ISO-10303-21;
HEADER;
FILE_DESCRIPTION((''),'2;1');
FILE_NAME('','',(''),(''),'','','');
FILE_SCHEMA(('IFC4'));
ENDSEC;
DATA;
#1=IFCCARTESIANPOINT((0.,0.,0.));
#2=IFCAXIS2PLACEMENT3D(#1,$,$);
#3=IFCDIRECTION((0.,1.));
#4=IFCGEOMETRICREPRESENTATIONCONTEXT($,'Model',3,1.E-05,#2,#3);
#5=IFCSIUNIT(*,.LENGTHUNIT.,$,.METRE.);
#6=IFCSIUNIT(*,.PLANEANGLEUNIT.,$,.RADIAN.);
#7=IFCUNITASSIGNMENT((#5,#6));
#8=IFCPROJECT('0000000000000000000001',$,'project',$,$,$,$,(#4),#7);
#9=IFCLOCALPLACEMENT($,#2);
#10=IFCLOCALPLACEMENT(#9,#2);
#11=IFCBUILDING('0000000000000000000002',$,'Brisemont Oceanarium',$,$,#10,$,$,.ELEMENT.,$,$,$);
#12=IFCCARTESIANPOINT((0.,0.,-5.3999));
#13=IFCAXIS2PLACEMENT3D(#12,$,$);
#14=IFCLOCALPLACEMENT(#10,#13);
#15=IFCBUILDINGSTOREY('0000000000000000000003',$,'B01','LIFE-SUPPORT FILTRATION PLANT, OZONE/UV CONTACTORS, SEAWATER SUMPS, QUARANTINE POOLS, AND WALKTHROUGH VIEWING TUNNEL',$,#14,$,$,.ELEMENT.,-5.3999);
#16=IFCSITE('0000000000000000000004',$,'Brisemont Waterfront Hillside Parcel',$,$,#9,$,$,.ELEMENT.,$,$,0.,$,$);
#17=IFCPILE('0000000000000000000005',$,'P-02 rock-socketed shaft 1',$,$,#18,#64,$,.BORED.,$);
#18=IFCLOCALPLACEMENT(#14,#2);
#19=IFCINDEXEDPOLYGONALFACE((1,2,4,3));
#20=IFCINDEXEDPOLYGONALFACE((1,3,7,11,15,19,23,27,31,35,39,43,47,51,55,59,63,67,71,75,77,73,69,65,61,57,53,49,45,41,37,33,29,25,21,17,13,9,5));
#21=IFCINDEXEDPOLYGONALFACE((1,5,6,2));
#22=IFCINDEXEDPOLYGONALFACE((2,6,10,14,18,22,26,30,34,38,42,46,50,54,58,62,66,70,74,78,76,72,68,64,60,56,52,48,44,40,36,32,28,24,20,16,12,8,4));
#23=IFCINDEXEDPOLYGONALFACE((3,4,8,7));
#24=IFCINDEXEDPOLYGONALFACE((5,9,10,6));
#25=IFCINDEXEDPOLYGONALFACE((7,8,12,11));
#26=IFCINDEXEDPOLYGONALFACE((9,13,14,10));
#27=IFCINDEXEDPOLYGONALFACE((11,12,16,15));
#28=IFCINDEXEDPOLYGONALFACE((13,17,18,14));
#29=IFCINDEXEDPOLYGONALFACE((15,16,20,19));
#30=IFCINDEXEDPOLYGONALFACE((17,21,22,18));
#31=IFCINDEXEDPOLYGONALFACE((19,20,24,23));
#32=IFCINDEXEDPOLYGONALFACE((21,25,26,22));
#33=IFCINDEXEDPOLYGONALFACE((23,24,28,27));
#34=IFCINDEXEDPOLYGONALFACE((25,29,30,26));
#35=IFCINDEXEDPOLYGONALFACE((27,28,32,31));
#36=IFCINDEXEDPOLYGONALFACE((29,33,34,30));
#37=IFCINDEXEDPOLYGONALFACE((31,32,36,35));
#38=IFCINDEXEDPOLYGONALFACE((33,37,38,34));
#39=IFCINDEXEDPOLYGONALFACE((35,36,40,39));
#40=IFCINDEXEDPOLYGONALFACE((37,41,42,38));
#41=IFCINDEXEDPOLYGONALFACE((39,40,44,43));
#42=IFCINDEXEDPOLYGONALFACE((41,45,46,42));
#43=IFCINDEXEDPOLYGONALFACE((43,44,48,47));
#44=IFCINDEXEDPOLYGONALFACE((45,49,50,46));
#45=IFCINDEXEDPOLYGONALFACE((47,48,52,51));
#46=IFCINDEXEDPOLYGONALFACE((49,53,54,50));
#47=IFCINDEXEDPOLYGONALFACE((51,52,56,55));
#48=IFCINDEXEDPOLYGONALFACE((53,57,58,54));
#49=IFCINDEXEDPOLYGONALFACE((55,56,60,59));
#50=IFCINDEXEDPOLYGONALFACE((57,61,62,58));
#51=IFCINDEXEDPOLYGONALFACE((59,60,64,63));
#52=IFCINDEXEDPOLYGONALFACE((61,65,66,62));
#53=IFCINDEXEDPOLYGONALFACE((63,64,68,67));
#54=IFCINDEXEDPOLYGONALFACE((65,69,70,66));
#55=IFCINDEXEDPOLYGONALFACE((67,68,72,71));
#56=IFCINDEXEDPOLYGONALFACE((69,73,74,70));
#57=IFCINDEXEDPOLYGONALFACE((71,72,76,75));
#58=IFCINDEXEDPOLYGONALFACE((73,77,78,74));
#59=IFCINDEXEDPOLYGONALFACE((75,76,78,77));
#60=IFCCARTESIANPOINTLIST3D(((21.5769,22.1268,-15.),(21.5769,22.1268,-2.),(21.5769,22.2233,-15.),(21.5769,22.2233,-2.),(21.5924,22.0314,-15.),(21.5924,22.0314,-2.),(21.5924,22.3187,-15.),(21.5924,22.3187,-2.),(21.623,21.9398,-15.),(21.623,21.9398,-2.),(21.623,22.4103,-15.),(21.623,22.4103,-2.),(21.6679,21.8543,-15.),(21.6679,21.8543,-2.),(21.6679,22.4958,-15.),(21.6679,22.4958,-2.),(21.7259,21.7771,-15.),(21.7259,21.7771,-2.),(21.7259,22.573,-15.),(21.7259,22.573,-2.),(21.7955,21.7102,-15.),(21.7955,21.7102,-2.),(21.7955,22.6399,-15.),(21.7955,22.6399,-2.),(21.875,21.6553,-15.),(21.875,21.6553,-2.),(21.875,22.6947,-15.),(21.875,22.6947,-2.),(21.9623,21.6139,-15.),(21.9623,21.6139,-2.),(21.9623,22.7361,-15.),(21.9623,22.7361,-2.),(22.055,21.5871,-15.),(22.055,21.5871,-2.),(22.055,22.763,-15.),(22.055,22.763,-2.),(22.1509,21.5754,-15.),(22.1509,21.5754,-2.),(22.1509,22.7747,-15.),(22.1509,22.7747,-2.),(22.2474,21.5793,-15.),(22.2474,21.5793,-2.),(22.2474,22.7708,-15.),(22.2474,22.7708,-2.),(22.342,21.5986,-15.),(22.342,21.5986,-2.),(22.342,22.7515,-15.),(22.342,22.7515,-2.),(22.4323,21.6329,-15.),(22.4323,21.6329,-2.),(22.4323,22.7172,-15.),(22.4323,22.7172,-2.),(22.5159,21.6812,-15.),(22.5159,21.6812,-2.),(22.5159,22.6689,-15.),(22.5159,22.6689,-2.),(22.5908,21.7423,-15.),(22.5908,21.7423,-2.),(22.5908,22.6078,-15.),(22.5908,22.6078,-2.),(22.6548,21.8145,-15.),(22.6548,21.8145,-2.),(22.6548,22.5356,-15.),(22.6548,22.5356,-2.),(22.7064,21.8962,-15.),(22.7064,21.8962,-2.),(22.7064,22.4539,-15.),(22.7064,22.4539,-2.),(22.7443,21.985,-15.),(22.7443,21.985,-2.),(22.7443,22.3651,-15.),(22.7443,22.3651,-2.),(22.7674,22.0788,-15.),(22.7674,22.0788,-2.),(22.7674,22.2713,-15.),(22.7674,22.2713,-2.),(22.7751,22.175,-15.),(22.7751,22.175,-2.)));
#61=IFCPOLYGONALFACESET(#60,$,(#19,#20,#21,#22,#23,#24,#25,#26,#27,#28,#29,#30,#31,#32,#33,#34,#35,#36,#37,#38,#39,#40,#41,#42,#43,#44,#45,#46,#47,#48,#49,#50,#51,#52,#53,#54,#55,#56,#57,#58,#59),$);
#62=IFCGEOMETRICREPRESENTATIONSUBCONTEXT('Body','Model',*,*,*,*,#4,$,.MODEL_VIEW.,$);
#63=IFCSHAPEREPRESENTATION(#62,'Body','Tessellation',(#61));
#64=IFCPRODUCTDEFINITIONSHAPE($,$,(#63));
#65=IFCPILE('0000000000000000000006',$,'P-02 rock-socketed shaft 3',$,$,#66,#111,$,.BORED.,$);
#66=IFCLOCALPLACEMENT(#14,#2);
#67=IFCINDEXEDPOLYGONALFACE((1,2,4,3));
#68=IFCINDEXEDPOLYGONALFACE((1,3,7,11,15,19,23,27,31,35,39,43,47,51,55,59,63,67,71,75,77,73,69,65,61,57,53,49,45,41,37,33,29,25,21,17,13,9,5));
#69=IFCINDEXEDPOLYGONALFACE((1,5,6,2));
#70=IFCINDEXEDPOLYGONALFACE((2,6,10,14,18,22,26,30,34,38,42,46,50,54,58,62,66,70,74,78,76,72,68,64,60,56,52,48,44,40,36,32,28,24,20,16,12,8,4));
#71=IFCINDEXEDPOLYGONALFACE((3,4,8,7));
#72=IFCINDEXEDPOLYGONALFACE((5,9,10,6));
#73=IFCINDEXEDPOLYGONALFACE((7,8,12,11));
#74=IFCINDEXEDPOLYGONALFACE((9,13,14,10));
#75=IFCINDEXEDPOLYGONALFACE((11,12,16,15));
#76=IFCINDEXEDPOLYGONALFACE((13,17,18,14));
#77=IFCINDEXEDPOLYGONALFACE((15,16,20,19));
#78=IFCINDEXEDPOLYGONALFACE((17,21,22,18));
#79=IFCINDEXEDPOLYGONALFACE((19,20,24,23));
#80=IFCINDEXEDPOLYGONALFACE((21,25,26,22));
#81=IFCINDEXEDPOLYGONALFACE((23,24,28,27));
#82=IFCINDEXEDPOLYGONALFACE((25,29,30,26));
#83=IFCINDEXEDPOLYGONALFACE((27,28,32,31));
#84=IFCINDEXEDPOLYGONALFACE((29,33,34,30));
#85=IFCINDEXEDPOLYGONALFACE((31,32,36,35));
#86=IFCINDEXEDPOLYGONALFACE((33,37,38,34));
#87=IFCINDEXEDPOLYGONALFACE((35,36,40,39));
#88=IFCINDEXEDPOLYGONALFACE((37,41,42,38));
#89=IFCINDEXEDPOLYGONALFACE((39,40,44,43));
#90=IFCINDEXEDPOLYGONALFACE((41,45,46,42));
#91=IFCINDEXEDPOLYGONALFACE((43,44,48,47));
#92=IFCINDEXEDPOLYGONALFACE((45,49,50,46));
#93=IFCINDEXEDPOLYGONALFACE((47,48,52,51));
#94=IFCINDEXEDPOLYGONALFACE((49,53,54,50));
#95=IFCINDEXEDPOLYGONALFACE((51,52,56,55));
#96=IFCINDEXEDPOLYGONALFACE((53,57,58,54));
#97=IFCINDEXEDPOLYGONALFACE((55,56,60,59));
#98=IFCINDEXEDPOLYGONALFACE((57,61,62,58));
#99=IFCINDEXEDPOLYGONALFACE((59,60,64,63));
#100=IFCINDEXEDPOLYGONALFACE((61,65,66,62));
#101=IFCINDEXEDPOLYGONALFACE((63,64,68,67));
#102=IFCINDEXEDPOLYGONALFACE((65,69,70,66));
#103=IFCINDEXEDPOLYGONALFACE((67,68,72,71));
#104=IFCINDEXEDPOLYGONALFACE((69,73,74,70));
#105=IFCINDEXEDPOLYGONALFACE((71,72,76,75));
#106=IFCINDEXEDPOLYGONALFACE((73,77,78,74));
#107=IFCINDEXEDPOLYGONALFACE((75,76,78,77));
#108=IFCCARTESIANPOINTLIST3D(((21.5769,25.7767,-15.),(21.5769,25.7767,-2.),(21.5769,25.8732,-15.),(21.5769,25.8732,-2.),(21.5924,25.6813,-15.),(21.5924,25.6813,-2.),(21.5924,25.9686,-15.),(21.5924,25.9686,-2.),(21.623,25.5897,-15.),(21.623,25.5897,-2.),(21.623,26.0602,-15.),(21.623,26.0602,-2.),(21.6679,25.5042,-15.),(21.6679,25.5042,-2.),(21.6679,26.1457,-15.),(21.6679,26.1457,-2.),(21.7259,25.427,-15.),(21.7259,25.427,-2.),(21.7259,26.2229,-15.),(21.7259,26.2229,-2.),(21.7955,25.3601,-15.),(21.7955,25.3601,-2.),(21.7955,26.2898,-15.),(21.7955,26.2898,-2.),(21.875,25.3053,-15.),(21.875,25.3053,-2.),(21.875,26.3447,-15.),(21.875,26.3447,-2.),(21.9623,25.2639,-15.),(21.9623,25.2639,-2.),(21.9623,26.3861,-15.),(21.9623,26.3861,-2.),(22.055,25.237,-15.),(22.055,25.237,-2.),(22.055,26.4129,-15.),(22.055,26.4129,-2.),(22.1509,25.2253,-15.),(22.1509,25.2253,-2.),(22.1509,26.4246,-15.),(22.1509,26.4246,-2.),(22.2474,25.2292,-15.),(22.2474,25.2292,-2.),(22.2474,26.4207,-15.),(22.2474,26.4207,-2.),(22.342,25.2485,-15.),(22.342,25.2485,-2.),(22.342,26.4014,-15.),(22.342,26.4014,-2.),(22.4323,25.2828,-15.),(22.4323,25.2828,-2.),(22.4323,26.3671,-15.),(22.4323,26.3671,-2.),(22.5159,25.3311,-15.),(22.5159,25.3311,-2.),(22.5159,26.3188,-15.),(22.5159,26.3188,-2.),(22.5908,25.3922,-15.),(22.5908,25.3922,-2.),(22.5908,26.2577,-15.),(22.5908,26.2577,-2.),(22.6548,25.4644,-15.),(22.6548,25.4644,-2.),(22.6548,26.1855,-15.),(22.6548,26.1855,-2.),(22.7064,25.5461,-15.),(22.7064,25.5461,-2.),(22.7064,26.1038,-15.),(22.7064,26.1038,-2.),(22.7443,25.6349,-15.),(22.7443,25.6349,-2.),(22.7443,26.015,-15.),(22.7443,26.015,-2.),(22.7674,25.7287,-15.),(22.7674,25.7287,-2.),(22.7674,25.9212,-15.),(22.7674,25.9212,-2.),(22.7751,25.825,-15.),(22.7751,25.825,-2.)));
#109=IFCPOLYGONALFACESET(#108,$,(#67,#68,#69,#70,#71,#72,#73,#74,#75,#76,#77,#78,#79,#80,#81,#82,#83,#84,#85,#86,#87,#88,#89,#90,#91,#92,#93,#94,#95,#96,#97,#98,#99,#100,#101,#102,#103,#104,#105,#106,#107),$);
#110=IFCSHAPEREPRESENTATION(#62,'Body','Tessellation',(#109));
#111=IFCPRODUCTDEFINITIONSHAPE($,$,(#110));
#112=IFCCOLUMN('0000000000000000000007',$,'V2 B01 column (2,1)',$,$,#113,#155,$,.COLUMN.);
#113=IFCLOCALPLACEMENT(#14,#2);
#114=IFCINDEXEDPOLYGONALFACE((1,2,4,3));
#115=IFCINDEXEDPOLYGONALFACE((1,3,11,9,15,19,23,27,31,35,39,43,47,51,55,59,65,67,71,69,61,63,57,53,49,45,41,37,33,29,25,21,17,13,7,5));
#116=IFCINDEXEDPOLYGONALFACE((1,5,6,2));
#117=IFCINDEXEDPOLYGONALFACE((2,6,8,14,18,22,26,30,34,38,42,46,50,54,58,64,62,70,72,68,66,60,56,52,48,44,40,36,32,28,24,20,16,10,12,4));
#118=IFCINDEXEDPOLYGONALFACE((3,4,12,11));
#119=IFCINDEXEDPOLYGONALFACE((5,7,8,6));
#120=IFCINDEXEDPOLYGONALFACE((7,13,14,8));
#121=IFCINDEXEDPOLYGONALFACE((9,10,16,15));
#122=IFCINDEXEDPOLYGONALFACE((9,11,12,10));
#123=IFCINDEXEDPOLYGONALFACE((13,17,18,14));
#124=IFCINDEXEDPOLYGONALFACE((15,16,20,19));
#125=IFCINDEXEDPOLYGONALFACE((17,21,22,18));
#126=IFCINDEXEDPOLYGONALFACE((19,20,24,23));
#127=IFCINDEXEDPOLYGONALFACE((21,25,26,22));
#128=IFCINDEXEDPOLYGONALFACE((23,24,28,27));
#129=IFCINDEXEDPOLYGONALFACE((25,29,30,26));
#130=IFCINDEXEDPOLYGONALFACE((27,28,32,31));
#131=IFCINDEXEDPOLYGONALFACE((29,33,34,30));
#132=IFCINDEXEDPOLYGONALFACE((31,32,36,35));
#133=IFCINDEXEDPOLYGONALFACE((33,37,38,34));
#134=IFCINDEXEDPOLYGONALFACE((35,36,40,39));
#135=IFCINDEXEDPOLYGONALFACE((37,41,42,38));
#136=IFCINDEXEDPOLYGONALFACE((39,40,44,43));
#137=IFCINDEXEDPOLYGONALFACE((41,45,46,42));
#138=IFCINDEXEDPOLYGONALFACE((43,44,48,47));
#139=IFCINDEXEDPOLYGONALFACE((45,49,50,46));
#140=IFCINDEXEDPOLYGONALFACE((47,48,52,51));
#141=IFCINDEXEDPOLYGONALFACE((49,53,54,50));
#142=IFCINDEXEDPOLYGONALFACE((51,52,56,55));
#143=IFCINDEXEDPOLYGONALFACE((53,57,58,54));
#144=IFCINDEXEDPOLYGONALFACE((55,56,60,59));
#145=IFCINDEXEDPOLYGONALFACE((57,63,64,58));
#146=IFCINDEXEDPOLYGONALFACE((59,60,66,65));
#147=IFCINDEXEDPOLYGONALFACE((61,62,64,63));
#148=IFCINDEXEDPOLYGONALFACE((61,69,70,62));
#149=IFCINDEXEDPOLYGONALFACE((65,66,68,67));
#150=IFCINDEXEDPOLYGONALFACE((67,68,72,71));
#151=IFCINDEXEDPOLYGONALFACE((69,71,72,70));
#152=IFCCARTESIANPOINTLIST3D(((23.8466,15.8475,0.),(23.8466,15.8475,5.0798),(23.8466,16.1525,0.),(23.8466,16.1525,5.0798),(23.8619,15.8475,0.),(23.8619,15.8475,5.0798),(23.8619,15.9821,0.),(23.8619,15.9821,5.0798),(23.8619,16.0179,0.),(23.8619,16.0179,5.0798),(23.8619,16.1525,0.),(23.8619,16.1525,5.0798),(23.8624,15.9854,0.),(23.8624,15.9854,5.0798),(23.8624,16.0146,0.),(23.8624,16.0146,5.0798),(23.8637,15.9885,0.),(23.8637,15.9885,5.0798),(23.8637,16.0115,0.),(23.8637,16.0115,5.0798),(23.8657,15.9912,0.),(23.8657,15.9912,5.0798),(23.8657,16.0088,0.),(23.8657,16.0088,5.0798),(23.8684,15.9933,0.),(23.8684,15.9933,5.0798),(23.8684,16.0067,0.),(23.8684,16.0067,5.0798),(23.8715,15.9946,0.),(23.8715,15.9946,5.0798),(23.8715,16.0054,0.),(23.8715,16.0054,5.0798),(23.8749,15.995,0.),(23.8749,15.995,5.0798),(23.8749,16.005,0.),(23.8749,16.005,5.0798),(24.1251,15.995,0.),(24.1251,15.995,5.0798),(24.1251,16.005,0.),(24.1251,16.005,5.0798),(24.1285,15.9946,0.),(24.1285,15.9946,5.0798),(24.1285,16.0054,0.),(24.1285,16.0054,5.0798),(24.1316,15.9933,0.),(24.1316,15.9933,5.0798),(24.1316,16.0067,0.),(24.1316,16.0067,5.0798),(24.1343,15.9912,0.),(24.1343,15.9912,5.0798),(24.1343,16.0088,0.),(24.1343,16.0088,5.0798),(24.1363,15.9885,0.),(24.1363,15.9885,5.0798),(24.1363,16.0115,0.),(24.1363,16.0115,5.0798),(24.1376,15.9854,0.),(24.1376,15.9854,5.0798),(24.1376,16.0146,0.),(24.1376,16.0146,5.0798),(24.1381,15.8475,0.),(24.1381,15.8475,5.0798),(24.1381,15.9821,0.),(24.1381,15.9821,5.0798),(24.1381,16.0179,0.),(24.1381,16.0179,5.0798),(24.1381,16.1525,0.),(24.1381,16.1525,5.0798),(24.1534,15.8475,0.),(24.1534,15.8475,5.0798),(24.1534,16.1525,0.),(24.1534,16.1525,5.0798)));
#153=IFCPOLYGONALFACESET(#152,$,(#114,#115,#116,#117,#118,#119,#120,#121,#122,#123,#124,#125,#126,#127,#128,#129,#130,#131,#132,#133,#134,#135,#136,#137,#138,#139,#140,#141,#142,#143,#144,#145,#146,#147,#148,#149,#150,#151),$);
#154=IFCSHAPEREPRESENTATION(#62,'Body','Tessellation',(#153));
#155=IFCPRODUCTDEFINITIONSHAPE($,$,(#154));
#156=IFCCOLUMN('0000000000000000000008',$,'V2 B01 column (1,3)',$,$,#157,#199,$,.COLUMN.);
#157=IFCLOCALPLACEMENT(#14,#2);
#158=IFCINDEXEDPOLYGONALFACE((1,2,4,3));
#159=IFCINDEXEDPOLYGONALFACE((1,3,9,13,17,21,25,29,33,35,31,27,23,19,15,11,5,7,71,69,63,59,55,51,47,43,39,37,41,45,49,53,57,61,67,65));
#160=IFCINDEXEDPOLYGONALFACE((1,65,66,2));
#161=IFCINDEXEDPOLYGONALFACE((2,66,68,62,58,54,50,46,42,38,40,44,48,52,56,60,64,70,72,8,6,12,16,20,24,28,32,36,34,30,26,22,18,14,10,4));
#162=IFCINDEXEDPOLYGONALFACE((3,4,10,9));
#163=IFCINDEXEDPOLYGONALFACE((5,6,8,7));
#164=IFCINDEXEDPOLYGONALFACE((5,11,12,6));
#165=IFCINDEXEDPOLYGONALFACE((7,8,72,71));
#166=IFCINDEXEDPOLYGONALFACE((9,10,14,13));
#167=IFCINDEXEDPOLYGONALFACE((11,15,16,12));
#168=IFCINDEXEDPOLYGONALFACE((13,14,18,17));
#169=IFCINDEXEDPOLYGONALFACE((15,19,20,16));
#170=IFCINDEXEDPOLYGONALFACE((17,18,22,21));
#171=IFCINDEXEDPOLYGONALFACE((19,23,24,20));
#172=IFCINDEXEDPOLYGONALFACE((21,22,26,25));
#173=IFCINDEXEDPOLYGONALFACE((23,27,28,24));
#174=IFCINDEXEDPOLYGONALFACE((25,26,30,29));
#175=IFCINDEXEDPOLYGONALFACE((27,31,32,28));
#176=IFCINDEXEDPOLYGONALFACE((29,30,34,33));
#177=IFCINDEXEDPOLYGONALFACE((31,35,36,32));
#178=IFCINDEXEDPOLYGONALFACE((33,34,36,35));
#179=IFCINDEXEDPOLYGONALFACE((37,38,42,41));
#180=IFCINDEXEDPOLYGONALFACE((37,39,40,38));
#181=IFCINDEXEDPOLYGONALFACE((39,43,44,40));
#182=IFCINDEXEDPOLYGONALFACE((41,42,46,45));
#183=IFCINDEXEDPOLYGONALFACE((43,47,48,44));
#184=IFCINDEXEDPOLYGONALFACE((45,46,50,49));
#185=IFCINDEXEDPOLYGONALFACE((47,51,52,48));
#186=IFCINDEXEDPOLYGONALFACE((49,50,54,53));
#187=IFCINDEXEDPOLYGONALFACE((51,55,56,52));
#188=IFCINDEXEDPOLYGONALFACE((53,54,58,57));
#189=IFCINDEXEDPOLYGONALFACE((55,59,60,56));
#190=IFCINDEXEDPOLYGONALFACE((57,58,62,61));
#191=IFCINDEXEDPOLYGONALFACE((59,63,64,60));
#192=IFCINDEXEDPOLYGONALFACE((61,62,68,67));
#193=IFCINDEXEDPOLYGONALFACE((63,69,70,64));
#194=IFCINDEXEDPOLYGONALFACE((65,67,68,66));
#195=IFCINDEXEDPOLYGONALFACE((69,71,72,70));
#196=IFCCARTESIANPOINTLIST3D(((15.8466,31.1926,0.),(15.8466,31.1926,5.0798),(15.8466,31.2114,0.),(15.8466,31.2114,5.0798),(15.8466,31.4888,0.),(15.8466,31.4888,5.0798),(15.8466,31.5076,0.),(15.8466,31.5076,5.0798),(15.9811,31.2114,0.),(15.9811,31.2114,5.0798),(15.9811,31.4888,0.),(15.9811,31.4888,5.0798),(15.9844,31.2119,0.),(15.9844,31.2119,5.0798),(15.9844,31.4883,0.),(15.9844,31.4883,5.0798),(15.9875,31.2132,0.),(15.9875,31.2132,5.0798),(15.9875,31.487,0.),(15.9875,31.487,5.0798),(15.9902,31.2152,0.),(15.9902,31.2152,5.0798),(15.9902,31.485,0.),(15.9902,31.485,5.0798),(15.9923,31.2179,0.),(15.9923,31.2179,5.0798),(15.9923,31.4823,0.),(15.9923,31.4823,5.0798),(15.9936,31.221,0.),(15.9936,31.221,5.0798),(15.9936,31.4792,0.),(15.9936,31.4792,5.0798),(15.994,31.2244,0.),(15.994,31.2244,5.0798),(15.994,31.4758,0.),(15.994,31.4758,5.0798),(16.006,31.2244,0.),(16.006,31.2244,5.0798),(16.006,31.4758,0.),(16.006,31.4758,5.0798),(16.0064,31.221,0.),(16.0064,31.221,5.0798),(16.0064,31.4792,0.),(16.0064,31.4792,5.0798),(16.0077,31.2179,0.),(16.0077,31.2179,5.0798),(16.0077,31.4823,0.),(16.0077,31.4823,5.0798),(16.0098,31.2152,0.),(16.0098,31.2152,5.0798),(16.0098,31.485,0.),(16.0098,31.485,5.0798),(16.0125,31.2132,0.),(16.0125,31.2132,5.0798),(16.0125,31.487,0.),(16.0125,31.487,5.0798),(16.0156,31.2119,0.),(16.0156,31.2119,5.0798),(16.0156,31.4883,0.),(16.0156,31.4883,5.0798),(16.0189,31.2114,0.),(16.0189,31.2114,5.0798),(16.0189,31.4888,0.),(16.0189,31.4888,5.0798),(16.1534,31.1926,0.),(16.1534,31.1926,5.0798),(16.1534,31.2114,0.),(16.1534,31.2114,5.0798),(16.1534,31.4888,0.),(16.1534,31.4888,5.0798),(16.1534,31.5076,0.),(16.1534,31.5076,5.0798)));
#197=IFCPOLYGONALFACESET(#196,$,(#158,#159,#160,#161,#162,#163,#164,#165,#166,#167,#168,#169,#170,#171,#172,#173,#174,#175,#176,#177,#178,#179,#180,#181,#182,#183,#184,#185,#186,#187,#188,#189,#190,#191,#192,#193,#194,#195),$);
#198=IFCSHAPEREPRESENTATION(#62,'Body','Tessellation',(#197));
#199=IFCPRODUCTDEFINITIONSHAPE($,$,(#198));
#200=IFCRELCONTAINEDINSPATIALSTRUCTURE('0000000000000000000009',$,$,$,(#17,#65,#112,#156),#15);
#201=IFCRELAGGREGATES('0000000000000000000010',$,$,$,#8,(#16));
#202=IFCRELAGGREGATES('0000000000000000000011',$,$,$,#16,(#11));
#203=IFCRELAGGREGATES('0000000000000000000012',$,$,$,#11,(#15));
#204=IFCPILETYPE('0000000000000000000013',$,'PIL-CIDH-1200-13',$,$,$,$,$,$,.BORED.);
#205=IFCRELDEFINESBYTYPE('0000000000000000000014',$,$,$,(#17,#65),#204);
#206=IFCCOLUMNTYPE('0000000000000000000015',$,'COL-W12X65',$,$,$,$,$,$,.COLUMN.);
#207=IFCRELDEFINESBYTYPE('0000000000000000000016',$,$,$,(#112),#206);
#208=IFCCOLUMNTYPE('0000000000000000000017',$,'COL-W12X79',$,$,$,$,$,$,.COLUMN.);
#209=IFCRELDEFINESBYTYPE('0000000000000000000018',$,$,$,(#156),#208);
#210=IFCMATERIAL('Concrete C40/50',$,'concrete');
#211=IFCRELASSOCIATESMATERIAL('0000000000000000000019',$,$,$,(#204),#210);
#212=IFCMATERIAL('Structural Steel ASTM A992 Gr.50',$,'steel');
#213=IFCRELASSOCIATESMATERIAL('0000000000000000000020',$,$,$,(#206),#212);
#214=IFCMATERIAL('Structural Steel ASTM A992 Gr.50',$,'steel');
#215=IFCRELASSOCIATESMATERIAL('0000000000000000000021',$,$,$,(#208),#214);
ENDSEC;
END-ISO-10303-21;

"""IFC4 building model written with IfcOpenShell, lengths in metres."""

from ifc_helpers import new_model, si_unit, direction, frame, origin, origin_2d, place, context, subcontext, project, spatial, circle, i_section, extrude, material, material_profile, profile_set, type_object, element, save


model = new_model("IFC4")

# Units and contexts
model_context = context("Model", 3, precision=1e-05, world=origin(), true_north=direction((0.0, 1.0)))
body_context = subcontext(model_context, "Body", "Model", "MODEL_VIEW")
ifc_project = project(units=[si_unit("LENGTHUNIT", "METRE"), si_unit("PLANEANGLEUNIT", "RADIAN")], contexts=[model_context])

# Site, building, storey
site_placement = place(None, origin())
site = spatial("IfcSite", under=ifc_project, at=site_placement, Name="Brisemont Waterfront Hillside Parcel", CompositionType="ELEMENT", RefElevation=0.0)
building_placement = place(site_placement, origin())
building = spatial("IfcBuilding", under=site, at=building_placement, Name="Brisemont Oceanarium", CompositionType="ELEMENT")
storey_placement = place(building_placement, frame((0.0, 0.0, -5.3999)))
storey = spatial("IfcBuildingStorey", under=building, at=storey_placement, Name="B01", Description="LIFE-SUPPORT FILTRATION PLANT, OZONE/UV CONTACTORS, SEAWATER SUMPS, QUARANTINE POOLS, AND WALKTHROUGH VIEWING TUNNEL", CompositionType="ELEMENT", Elevation=-5.3999)

# Piles
ifc_material_1 = material(Name="Concrete C40/50", Category="concrete")
ifc_material_profile_1 = material_profile(ifc_material_1, circle(Radius=0.6001, at=origin_2d()), Name="CIDH-D1200")
ifc_profile_set_1 = profile_set([ifc_material_profile_1], Name="Concrete C40/50")
pile_type_1 = type_object("IfcPileType", Name="PIL-CIDH-1200-13", PredefinedType="BORED", material=ifc_profile_set_1)
for number, where, z_axis, x_axis, name in (
    (1, (22.175, 22.175, -2.0), (0.0, 0.0, -1.0), (1.0, 0.0, 0.0), "P-02 rock-socketed shaft 1"),
    (2, (22.175, 25.825, -2.0), (0.0, 0.0, -1.0), (1.0, 0.0, 0.0), "P-02 rock-socketed shaft 3"),
):
    element("IfcPile", number, at=place(storey_placement, frame(where, z_axis=z_axis, x_axis=x_axis)), inside=storey, type_object=pile_type_1, Name=name, PredefinedType="BORED", context=body_context, shape_type="SweptSolid", body=[
        extrude(circle(Radius=0.6001, at=origin_2d()), origin(), (0.0, 0.0, 1.0), 13.0),
    ])

# Columns
ifc_material_2 = material(Name="Structural Steel ASTM A992 Gr.50", Category="steel")
ifc_material_profile_2 = material_profile(ifc_material_2, i_section(OverallWidth=0.3049, OverallDepth=0.3069, WebThickness=0.01, FlangeThickness=0.0154, FilletRadius=0.0129, at=origin_2d()), Name="W12X65")
ifc_profile_set_2 = profile_set([ifc_material_profile_2], Name="Structural Steel ASTM A992 Gr.50")
column_type_1 = type_object("IfcColumnType", Name="COL-W12X65", PredefinedType="COLUMN", material=ifc_profile_set_2)
column_1_placement = place(storey_placement, frame((24.0, 16.0, 0.0), z_axis=(0.0, 0.0, 1.0), x_axis=(0.0, 1.0, 0.0)))
element("IfcColumn", 3, at=column_1_placement, inside=storey, type_object=column_type_1, Name="V2 B01 column (2,1)", PredefinedType="COLUMN", context=body_context, shape_type="SweptSolid", body=[
    extrude(i_section(OverallWidth=0.3049, OverallDepth=0.3069, WebThickness=0.01, FlangeThickness=0.0154, FilletRadius=0.0129, at=origin_2d()), origin(), (0.0, 0.0, 1.0), 5.0798),
])
ifc_material_3 = material(Name="Structural Steel ASTM A992 Gr.50", Category="steel")
ifc_material_profile_3 = material_profile(ifc_material_3, i_section(OverallWidth=0.3069, OverallDepth=0.3149, WebThickness=0.012, FlangeThickness=0.0188, FilletRadius=0.0129, at=origin_2d()), Name="W12X79")
ifc_profile_set_3 = profile_set([ifc_material_profile_3], Name="Structural Steel ASTM A992 Gr.50")
column_type_2 = type_object("IfcColumnType", Name="COL-W12X79", PredefinedType="COLUMN", material=ifc_profile_set_3)
column_2_placement = place(storey_placement, frame((16.0, 31.3501, 0.0), z_axis=(0.0, 0.0, 1.0), x_axis=(1.0, 0.0, 0.0)))
element("IfcColumn", 4, at=column_2_placement, inside=storey, type_object=column_type_2, Name="V2 B01 column (1,3)", PredefinedType="COLUMN", context=body_context, shape_type="SweptSolid", body=[
    extrude(i_section(OverallWidth=0.3069, OverallDepth=0.3149, WebThickness=0.012, FlangeThickness=0.0188, FilletRadius=0.0129, at=origin_2d()), origin(), (0.0, 0.0, 1.0), 5.0798),
])

save(model, "model.ifc")
